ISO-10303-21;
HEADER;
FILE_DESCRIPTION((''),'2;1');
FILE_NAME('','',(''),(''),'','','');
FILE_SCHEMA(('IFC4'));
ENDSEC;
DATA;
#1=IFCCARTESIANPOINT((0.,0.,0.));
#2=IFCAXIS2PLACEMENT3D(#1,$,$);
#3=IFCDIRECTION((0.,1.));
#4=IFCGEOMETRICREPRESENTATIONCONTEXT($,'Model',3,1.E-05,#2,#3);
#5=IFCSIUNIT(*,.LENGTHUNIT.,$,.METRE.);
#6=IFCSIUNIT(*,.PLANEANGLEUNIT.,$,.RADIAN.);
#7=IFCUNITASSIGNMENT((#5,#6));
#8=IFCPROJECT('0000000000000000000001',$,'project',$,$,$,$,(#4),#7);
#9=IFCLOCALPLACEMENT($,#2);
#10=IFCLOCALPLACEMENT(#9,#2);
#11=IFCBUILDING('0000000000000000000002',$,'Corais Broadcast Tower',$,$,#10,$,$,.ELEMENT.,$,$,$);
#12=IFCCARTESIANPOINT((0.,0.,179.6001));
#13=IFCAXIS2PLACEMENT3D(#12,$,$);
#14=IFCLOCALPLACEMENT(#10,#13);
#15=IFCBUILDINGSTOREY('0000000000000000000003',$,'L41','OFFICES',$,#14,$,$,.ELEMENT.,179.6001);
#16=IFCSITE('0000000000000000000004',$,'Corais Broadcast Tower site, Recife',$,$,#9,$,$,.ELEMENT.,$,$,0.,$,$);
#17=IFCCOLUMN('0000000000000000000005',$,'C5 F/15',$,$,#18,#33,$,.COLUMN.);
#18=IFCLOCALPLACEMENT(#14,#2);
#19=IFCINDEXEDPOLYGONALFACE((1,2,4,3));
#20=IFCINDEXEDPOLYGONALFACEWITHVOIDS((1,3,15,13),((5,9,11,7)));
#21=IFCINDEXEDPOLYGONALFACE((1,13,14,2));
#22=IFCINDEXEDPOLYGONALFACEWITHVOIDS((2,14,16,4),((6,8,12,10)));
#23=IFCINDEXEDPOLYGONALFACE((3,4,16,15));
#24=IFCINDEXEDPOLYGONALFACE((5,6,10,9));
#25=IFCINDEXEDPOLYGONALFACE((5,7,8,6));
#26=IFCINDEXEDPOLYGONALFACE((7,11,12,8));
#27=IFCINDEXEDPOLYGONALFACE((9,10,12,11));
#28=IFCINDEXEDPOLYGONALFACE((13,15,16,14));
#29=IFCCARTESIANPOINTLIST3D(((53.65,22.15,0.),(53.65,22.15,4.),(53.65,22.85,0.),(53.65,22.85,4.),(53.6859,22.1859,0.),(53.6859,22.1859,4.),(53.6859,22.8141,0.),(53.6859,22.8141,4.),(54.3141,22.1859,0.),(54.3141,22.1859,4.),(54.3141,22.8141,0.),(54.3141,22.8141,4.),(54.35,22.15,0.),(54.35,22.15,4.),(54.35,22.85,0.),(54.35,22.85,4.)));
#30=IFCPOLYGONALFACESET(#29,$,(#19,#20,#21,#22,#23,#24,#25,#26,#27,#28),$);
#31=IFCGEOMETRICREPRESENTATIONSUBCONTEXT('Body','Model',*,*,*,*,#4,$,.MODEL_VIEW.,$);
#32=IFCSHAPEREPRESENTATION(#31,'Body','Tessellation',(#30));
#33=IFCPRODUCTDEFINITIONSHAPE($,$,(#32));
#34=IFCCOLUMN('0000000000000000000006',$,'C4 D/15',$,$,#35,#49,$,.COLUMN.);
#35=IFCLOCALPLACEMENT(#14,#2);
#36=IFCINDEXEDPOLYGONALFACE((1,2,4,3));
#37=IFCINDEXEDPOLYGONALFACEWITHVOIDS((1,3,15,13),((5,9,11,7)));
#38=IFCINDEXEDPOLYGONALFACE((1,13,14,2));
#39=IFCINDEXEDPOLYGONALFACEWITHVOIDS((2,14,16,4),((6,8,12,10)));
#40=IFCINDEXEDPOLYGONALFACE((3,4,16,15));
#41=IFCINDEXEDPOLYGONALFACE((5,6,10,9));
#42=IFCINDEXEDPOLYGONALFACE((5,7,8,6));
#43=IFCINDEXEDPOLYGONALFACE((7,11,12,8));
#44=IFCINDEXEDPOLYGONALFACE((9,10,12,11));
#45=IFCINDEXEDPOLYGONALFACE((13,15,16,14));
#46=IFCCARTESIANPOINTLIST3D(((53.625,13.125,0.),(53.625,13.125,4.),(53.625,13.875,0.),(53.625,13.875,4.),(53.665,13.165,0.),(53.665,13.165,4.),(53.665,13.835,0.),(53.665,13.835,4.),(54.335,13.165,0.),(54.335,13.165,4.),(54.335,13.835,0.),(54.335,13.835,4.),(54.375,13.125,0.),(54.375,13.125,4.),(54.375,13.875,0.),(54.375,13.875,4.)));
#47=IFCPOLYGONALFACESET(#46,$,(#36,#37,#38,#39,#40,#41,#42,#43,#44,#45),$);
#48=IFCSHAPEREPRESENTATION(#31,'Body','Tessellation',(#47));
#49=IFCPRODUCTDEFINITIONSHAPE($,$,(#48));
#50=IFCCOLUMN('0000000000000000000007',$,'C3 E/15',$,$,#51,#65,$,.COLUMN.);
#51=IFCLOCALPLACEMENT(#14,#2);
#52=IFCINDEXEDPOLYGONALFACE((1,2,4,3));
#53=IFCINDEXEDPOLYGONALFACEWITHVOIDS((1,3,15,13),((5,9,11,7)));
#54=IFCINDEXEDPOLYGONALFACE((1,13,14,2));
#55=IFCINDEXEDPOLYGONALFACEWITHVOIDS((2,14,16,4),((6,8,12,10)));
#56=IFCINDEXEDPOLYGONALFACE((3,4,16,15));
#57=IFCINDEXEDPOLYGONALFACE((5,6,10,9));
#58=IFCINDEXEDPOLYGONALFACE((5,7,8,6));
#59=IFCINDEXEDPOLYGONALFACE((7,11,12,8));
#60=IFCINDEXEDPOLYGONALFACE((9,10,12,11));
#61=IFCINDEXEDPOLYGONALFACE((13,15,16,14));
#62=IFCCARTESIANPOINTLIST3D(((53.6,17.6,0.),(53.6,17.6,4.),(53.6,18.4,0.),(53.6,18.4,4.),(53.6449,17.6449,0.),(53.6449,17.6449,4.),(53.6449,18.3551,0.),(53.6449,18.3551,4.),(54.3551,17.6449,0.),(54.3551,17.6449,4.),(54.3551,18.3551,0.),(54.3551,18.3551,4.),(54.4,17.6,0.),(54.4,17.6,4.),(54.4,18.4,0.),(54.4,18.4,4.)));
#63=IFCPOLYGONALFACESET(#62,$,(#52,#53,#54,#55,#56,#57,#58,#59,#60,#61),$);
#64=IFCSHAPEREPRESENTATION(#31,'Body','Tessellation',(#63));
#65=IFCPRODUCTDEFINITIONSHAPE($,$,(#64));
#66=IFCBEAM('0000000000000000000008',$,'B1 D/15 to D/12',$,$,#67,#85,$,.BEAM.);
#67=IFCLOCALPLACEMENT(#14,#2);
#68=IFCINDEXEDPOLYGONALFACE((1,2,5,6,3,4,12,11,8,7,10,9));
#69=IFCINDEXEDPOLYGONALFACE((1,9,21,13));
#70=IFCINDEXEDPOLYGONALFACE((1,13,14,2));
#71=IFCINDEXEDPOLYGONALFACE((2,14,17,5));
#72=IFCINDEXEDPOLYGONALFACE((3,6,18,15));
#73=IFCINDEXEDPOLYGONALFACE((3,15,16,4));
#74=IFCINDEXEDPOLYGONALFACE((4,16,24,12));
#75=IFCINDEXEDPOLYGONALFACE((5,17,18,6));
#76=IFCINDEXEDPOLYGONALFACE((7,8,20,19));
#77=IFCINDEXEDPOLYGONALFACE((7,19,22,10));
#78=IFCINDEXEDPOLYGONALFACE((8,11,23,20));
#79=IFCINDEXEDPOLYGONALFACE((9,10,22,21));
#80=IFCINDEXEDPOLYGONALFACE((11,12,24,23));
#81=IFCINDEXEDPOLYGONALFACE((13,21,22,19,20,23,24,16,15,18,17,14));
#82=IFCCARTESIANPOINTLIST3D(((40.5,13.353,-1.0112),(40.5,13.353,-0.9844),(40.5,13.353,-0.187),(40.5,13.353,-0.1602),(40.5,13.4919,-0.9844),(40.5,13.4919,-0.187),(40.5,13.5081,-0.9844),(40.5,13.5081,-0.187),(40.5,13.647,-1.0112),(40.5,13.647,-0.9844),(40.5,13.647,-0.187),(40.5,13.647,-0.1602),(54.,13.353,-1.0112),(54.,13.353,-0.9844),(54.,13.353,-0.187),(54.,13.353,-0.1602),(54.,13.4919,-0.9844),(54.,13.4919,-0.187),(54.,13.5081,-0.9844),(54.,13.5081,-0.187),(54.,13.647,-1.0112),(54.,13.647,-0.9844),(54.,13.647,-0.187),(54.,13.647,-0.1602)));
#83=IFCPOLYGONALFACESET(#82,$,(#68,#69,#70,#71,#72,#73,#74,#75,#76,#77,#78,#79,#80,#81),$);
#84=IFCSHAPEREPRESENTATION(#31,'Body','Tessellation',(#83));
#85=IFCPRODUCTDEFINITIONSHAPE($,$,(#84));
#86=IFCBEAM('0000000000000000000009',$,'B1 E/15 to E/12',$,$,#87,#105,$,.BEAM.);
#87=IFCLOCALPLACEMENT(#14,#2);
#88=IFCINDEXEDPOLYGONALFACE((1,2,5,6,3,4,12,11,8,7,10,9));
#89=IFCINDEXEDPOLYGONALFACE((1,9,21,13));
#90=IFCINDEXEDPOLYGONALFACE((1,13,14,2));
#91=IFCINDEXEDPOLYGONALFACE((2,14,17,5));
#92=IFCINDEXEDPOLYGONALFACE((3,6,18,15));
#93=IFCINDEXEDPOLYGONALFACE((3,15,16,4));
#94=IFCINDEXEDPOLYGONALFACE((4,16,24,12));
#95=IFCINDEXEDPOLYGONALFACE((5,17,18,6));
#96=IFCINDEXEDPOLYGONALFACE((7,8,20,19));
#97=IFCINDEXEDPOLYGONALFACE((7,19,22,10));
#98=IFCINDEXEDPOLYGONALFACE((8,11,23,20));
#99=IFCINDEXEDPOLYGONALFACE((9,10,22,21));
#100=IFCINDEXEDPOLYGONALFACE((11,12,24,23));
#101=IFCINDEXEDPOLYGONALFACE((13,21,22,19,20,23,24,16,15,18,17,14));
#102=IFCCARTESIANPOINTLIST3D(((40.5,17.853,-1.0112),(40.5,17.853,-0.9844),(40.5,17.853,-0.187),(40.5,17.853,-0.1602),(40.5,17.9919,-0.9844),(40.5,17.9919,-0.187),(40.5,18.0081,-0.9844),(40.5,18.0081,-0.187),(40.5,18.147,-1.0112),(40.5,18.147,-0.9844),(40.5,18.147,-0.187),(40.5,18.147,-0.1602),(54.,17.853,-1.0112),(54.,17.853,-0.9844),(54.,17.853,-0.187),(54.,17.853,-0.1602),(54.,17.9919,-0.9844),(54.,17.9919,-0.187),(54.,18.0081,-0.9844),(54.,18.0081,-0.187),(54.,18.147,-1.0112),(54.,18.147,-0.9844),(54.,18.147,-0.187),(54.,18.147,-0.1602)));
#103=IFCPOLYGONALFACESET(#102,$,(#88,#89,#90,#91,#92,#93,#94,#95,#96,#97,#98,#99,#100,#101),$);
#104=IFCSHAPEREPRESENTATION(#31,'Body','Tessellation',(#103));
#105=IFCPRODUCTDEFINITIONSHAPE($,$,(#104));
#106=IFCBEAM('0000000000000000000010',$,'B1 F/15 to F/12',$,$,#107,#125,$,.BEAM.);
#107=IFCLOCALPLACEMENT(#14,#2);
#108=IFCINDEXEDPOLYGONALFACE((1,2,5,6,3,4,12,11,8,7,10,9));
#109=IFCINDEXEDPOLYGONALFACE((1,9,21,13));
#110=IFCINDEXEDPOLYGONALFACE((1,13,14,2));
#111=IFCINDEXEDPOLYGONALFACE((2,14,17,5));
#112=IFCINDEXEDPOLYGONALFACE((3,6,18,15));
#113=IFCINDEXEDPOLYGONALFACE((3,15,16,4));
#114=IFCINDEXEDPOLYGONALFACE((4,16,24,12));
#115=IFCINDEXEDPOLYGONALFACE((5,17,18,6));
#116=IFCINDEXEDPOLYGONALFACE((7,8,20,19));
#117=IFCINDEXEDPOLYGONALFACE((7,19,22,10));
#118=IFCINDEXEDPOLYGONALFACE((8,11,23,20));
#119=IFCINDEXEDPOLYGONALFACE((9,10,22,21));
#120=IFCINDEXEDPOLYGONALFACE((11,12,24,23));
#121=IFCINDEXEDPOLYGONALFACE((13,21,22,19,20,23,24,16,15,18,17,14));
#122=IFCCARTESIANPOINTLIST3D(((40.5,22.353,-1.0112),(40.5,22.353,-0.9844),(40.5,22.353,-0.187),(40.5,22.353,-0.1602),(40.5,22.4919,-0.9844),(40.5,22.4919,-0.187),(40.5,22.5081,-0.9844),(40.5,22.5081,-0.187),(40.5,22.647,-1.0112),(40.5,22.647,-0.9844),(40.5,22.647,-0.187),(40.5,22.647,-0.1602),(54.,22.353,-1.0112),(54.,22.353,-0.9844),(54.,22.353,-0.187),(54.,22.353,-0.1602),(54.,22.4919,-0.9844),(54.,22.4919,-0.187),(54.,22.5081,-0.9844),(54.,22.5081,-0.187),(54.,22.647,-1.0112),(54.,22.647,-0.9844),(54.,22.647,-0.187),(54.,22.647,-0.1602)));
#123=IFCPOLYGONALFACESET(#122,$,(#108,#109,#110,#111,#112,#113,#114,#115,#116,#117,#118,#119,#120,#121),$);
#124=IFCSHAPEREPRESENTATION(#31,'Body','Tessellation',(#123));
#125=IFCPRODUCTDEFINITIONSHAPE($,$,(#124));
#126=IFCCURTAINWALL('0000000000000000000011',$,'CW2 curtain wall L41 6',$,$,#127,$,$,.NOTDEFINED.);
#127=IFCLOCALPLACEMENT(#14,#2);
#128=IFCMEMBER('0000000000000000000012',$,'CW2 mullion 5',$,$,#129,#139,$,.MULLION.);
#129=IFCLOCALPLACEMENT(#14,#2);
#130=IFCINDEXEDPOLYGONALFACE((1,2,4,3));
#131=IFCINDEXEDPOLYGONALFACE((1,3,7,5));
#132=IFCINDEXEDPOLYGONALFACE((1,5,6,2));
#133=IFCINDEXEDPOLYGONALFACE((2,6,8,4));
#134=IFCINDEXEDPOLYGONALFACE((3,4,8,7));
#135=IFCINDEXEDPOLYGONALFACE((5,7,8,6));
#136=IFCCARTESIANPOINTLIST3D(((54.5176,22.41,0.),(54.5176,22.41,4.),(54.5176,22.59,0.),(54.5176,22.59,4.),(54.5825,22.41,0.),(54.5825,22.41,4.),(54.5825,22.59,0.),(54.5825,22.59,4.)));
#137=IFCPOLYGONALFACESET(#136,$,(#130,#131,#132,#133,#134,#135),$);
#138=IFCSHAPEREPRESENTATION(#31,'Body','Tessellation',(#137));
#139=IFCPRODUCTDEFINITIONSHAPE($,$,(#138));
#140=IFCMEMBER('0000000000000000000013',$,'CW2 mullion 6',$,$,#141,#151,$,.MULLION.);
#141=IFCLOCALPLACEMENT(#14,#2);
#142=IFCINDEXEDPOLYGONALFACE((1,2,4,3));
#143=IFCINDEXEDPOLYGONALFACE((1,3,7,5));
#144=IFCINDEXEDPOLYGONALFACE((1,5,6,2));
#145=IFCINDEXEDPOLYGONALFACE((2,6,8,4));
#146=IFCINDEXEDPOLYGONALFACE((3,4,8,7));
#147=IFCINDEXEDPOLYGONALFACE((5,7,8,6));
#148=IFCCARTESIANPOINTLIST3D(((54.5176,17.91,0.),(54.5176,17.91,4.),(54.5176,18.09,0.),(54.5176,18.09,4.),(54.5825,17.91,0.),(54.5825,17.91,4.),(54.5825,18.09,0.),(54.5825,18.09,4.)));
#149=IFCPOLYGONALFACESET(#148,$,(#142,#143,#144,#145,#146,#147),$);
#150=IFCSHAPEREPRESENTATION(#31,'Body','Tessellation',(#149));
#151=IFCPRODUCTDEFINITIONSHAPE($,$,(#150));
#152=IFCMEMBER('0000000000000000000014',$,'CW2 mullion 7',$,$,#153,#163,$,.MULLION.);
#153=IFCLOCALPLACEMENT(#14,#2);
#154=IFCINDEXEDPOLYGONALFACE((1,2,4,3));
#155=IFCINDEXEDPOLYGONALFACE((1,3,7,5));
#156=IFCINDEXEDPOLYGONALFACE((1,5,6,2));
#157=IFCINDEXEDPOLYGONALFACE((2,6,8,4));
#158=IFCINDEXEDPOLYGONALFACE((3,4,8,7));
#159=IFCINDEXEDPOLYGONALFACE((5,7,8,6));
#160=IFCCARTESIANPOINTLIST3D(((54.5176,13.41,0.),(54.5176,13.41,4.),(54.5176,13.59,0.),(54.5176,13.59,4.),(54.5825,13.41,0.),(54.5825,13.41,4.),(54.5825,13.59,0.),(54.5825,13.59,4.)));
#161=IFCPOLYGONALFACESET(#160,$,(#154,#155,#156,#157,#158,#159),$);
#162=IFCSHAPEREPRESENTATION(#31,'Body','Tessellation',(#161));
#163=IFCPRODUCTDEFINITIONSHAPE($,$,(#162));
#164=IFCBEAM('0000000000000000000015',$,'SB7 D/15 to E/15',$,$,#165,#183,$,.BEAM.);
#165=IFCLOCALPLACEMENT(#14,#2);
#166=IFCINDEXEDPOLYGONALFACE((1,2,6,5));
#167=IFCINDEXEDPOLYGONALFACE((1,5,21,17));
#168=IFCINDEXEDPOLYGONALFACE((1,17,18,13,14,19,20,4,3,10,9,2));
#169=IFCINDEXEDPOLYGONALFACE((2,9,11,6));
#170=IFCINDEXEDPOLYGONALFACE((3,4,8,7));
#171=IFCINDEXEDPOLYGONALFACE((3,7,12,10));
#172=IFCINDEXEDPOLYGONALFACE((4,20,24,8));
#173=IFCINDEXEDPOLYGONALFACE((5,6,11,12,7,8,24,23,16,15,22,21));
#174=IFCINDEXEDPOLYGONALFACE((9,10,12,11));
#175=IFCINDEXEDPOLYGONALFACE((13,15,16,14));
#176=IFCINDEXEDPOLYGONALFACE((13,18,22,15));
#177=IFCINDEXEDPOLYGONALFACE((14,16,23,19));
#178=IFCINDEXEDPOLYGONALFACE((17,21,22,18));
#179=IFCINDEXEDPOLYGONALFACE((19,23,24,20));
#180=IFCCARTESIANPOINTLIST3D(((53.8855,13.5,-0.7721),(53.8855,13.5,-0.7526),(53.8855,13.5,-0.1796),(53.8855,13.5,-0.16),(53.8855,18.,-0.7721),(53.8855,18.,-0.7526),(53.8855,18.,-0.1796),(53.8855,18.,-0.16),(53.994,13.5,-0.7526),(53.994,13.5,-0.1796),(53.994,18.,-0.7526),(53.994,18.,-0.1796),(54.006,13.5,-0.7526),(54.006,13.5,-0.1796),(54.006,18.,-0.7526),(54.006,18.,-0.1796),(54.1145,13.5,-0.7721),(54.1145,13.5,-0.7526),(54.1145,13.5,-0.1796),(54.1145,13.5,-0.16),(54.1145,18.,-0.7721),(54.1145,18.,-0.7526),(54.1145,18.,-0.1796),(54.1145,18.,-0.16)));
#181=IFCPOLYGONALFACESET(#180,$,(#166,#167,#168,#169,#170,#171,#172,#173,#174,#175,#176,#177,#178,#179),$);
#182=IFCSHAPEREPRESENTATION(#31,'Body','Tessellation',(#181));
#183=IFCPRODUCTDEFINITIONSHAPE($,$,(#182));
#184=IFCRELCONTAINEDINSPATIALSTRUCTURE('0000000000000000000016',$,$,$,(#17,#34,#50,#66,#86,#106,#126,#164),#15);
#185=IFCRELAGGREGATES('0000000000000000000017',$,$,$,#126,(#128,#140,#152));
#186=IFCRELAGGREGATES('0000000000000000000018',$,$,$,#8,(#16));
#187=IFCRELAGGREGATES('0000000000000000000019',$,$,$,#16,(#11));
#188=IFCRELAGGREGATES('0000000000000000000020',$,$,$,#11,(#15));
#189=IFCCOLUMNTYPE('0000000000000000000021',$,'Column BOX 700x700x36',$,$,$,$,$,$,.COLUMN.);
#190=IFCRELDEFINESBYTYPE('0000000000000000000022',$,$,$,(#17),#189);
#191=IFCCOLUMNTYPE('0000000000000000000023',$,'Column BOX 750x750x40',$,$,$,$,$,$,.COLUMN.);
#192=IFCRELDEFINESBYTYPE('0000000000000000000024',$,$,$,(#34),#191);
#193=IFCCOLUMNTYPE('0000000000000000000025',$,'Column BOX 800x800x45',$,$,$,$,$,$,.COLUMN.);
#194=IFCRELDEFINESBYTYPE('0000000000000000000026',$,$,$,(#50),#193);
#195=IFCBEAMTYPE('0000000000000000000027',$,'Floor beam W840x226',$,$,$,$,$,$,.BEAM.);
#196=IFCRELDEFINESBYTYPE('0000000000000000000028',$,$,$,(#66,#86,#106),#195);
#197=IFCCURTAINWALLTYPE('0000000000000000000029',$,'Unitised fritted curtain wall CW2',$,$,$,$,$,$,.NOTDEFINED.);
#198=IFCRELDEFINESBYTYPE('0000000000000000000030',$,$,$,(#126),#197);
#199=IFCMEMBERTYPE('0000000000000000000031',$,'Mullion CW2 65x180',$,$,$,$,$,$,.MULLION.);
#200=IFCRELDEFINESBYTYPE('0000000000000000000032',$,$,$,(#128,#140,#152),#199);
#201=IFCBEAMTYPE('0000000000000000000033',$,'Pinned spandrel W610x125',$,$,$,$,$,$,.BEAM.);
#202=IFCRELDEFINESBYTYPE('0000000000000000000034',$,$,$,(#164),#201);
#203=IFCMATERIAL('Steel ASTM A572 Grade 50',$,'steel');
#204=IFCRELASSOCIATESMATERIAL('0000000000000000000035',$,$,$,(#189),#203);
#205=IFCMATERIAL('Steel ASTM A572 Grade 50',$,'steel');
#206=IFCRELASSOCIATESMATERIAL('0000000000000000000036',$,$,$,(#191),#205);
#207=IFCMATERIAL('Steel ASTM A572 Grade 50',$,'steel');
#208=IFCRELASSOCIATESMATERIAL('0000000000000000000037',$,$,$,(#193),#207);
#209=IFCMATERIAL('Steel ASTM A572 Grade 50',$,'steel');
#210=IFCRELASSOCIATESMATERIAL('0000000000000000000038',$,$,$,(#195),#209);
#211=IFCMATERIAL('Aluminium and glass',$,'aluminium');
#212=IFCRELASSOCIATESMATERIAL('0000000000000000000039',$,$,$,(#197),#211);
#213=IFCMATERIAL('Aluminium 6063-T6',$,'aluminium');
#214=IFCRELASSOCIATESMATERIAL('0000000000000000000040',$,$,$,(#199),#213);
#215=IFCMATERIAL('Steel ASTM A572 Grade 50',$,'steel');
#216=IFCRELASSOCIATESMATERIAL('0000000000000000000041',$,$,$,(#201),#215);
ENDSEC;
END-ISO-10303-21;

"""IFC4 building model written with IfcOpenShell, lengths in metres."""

from ifc_helpers import new_model, si_unit, direction, frame, origin, origin_2d, place, context, subcontext, project, spatial, rectangle, hollow_rectangle, i_section, extrude, material, material_profile, profile_set, type_object, element, aggregate, save


model = new_model("IFC4")

# Units and contexts
model_context = context("Model", 3, precision=1e-05, world=origin(), true_north=direction((0.0, 1.0)))
body_context = subcontext(model_context, "Body", "Model", "MODEL_VIEW")
ifc_project = project(units=[si_unit("LENGTHUNIT", "METRE"), si_unit("PLANEANGLEUNIT", "RADIAN")], contexts=[model_context])

# Site, building, storey
site_placement = place(None, origin())
site = spatial("IfcSite", under=ifc_project, at=site_placement, Name="Corais Broadcast Tower site, Recife", CompositionType="ELEMENT", RefElevation=0.0)
building_placement = place(site_placement, origin())
building = spatial("IfcBuilding", under=site, at=building_placement, Name="Corais Broadcast Tower", CompositionType="ELEMENT")
storey_placement = place(building_placement, frame((0.0, 0.0, 179.6001)))
storey = spatial("IfcBuildingStorey", under=building, at=storey_placement, Name="L41", Description="OFFICES", CompositionType="ELEMENT", Elevation=179.6001)

# Columns
ifc_material_1 = material(Name="Steel ASTM A572 Grade 50", Category="steel")
ifc_material_profile_1 = material_profile(ifc_material_1, hollow_rectangle(XDim=0.7, YDim=0.7, WallThickness=0.0359, at=origin_2d()), Name="BOX 700x700x36")
ifc_profile_set_1 = profile_set([ifc_material_profile_1], Name="Steel ASTM A572 Grade 50")
column_type_1 = type_object("IfcColumnType", Name="Column BOX 700x700x36", PredefinedType="COLUMN", material=ifc_profile_set_1)
column_1_placement = place(storey_placement, frame((54.0, 22.5, 0.0), z_axis=(0.0, 0.0, 1.0), x_axis=(1.0, 0.0, 0.0)))
element("IfcColumn", 1, at=column_1_placement, inside=storey, type_object=column_type_1, Name="C5 F/15", PredefinedType="COLUMN", context=body_context, shape_type="SweptSolid", body=[
    extrude(hollow_rectangle(XDim=0.7, YDim=0.7, WallThickness=0.0359, at=origin_2d()), origin(), (0.0, 0.0, 1.0), 4.0),
])
ifc_material_2 = material(Name="Steel ASTM A572 Grade 50", Category="steel")
ifc_material_profile_2 = material_profile(ifc_material_2, hollow_rectangle(XDim=0.75, YDim=0.75, WallThickness=0.04, at=origin_2d()), Name="BOX 750x750x40")
ifc_profile_set_2 = profile_set([ifc_material_profile_2], Name="Steel ASTM A572 Grade 50")
column_type_2 = type_object("IfcColumnType", Name="Column BOX 750x750x40", PredefinedType="COLUMN", material=ifc_profile_set_2)
column_2_placement = place(storey_placement, frame((54.0, 13.5, 0.0), z_axis=(0.0, 0.0, 1.0), x_axis=(1.0, 0.0, 0.0)))
element("IfcColumn", 2, at=column_2_placement, inside=storey, type_object=column_type_2, Name="C4 D/15", PredefinedType="COLUMN", context=body_context, shape_type="SweptSolid", body=[
    extrude(hollow_rectangle(XDim=0.75, YDim=0.75, WallThickness=0.04, at=origin_2d()), origin(), (0.0, 0.0, 1.0), 4.0),
])
ifc_material_3 = material(Name="Steel ASTM A572 Grade 50", Category="steel")
ifc_material_profile_3 = material_profile(ifc_material_3, hollow_rectangle(XDim=0.8, YDim=0.8, WallThickness=0.0449, at=origin_2d()), Name="BOX 800x800x45")
ifc_profile_set_3 = profile_set([ifc_material_profile_3], Name="Steel ASTM A572 Grade 50")
column_type_3 = type_object("IfcColumnType", Name="Column BOX 800x800x45", PredefinedType="COLUMN", material=ifc_profile_set_3)
column_3_placement = place(storey_placement, frame((54.0, 18.0, 0.0), z_axis=(0.0, 0.0, 1.0), x_axis=(1.0, 0.0, 0.0)))
element("IfcColumn", 3, at=column_3_placement, inside=storey, type_object=column_type_3, Name="C3 E/15", PredefinedType="COLUMN", context=body_context, shape_type="SweptSolid", body=[
    extrude(hollow_rectangle(XDim=0.8, YDim=0.8, WallThickness=0.0449, at=origin_2d()), origin(), (0.0, 0.0, 1.0), 4.0),
])

# Beams
ifc_material_4 = material(Name="Steel ASTM A572 Grade 50", Category="steel")
ifc_material_profile_4 = material_profile(ifc_material_4, i_section(OverallWidth=0.2939, OverallDepth=0.8511, WebThickness=0.0161, FlangeThickness=0.0269, at=origin_2d()), Name="W840x226")
ifc_profile_set_4 = profile_set([ifc_material_profile_4], Name="Steel ASTM A572 Grade 50")
beam_type_1 = type_object("IfcBeamType", Name="Floor beam W840x226", PredefinedType="BEAM", material=ifc_profile_set_4)
for number, where, z_axis, x_axis, name in (
    (4, (54.0, 13.5, -0.5857), (-1.0, 0.0, 0.0), (0.0, -1.0, 0.0), "B1 D/15 to D/12"),
    (5, (54.0, 18.0, -0.5857), (-1.0, 0.0, 0.0), (0.0, -1.0, 0.0), "B1 E/15 to E/12"),
    (6, (54.0, 22.5, -0.5857), (-1.0, 0.0, 0.0), (0.0, -1.0, 0.0), "B1 F/15 to F/12"),
):
    element("IfcBeam", number, at=place(storey_placement, frame(where, z_axis=z_axis, x_axis=x_axis)), inside=storey, type_object=beam_type_1, Name=name, PredefinedType="BEAM", context=body_context, shape_type="SweptSolid", body=[
        extrude(i_section(OverallWidth=0.2939, OverallDepth=0.8511, WebThickness=0.0161, FlangeThickness=0.0269, at=origin_2d()), origin(), (0.0, 0.0, 1.0), 13.5),
    ])

# Curtain wall, members
ifc_material_5 = material(Name="Aluminium and glass", Category="aluminium")
curtain_wall_type = type_object("IfcCurtainWallType", Name="Unitised fritted curtain wall CW2", PredefinedType="NOTDEFINED", material=ifc_material_5)
curtain_wall_placement = place(storey_placement, origin())
curtain_wall = element("IfcCurtainWall", 7, at=curtain_wall_placement, inside=storey, type_object=curtain_wall_type, Name="CW2 curtain wall L41 6", PredefinedType="NOTDEFINED")
ifc_material_6 = material(Name="Aluminium 6063-T6", Category="aluminium")
ifc_material_profile_5 = material_profile(ifc_material_6, rectangle(XDim=0.0649, YDim=0.1799, at=origin_2d()), Name="Mullion CW2 65x180")
ifc_profile_set_5 = profile_set([ifc_material_profile_5], Name="Aluminium 6063-T6")
member_type_1 = type_object("IfcMemberType", Name="Mullion CW2 65x180", PredefinedType="MULLION", material=ifc_profile_set_5)
member_1_placement = place(storey_placement, frame((54.55, 22.5, 0.0), z_axis=(0.0, 0.0, 1.0), x_axis=(1.0, 0.0, 0.0)))
member_1 = element("IfcMember", 8, at=member_1_placement, type_object=member_type_1, Name="CW2 mullion 5", PredefinedType="MULLION", context=body_context, shape_type="SweptSolid", body=[
    extrude(rectangle(XDim=0.0649, YDim=0.1799, at=origin_2d()), origin(), (0.0, 0.0, 1.0), 4.0),
])
member_2_placement = place(storey_placement, frame((54.55, 18.0, 0.0), z_axis=(0.0, 0.0, 1.0), x_axis=(1.0, 0.0, 0.0)))
member_2 = element("IfcMember", 9, at=member_2_placement, type_object=member_type_1, Name="CW2 mullion 6", PredefinedType="MULLION", context=body_context, shape_type="SweptSolid", body=[
    extrude(rectangle(XDim=0.0649, YDim=0.1799, at=origin_2d()), origin(), (0.0, 0.0, 1.0), 4.0),
])
member_3_placement = place(storey_placement, frame((54.55, 13.5, 0.0), z_axis=(0.0, 0.0, 1.0), x_axis=(1.0, 0.0, 0.0)))
member_3 = element("IfcMember", 10, at=member_3_placement, type_object=member_type_1, Name="CW2 mullion 7", PredefinedType="MULLION", context=body_context, shape_type="SweptSolid", body=[
    extrude(rectangle(XDim=0.0649, YDim=0.1799, at=origin_2d()), origin(), (0.0, 0.0, 1.0), 4.0),
])

# Beam
ifc_material_7 = material(Name="Steel ASTM A572 Grade 50", Category="steel")
ifc_material_profile_6 = material_profile(ifc_material_7, i_section(OverallWidth=0.229, OverallDepth=0.6121, WebThickness=0.012, FlangeThickness=0.0195, at=origin_2d()), Name="W610x125")
ifc_profile_set_6 = profile_set([ifc_material_profile_6], Name="Steel ASTM A572 Grade 50")
beam_type_2 = type_object("IfcBeamType", Name="Pinned spandrel W610x125", PredefinedType="BEAM", material=ifc_profile_set_6)
beam_placement = place(storey_placement, frame((54.0, 13.5, -0.4661), z_axis=(0.0, 1.0, 0.0), x_axis=(-1.0, 0.0, 0.0)))
element("IfcBeam", 11, at=beam_placement, inside=storey, type_object=beam_type_2, Name="SB7 D/15 to E/15", PredefinedType="BEAM", context=body_context, shape_type="SweptSolid", body=[
    extrude(i_section(OverallWidth=0.229, OverallDepth=0.6121, WebThickness=0.012, FlangeThickness=0.0195, at=origin_2d()), origin(), (0.0, 0.0, 1.0), 4.5),
])

aggregate(curtain_wall, [member_1, member_2, member_3])

save(model, "model.ifc")
